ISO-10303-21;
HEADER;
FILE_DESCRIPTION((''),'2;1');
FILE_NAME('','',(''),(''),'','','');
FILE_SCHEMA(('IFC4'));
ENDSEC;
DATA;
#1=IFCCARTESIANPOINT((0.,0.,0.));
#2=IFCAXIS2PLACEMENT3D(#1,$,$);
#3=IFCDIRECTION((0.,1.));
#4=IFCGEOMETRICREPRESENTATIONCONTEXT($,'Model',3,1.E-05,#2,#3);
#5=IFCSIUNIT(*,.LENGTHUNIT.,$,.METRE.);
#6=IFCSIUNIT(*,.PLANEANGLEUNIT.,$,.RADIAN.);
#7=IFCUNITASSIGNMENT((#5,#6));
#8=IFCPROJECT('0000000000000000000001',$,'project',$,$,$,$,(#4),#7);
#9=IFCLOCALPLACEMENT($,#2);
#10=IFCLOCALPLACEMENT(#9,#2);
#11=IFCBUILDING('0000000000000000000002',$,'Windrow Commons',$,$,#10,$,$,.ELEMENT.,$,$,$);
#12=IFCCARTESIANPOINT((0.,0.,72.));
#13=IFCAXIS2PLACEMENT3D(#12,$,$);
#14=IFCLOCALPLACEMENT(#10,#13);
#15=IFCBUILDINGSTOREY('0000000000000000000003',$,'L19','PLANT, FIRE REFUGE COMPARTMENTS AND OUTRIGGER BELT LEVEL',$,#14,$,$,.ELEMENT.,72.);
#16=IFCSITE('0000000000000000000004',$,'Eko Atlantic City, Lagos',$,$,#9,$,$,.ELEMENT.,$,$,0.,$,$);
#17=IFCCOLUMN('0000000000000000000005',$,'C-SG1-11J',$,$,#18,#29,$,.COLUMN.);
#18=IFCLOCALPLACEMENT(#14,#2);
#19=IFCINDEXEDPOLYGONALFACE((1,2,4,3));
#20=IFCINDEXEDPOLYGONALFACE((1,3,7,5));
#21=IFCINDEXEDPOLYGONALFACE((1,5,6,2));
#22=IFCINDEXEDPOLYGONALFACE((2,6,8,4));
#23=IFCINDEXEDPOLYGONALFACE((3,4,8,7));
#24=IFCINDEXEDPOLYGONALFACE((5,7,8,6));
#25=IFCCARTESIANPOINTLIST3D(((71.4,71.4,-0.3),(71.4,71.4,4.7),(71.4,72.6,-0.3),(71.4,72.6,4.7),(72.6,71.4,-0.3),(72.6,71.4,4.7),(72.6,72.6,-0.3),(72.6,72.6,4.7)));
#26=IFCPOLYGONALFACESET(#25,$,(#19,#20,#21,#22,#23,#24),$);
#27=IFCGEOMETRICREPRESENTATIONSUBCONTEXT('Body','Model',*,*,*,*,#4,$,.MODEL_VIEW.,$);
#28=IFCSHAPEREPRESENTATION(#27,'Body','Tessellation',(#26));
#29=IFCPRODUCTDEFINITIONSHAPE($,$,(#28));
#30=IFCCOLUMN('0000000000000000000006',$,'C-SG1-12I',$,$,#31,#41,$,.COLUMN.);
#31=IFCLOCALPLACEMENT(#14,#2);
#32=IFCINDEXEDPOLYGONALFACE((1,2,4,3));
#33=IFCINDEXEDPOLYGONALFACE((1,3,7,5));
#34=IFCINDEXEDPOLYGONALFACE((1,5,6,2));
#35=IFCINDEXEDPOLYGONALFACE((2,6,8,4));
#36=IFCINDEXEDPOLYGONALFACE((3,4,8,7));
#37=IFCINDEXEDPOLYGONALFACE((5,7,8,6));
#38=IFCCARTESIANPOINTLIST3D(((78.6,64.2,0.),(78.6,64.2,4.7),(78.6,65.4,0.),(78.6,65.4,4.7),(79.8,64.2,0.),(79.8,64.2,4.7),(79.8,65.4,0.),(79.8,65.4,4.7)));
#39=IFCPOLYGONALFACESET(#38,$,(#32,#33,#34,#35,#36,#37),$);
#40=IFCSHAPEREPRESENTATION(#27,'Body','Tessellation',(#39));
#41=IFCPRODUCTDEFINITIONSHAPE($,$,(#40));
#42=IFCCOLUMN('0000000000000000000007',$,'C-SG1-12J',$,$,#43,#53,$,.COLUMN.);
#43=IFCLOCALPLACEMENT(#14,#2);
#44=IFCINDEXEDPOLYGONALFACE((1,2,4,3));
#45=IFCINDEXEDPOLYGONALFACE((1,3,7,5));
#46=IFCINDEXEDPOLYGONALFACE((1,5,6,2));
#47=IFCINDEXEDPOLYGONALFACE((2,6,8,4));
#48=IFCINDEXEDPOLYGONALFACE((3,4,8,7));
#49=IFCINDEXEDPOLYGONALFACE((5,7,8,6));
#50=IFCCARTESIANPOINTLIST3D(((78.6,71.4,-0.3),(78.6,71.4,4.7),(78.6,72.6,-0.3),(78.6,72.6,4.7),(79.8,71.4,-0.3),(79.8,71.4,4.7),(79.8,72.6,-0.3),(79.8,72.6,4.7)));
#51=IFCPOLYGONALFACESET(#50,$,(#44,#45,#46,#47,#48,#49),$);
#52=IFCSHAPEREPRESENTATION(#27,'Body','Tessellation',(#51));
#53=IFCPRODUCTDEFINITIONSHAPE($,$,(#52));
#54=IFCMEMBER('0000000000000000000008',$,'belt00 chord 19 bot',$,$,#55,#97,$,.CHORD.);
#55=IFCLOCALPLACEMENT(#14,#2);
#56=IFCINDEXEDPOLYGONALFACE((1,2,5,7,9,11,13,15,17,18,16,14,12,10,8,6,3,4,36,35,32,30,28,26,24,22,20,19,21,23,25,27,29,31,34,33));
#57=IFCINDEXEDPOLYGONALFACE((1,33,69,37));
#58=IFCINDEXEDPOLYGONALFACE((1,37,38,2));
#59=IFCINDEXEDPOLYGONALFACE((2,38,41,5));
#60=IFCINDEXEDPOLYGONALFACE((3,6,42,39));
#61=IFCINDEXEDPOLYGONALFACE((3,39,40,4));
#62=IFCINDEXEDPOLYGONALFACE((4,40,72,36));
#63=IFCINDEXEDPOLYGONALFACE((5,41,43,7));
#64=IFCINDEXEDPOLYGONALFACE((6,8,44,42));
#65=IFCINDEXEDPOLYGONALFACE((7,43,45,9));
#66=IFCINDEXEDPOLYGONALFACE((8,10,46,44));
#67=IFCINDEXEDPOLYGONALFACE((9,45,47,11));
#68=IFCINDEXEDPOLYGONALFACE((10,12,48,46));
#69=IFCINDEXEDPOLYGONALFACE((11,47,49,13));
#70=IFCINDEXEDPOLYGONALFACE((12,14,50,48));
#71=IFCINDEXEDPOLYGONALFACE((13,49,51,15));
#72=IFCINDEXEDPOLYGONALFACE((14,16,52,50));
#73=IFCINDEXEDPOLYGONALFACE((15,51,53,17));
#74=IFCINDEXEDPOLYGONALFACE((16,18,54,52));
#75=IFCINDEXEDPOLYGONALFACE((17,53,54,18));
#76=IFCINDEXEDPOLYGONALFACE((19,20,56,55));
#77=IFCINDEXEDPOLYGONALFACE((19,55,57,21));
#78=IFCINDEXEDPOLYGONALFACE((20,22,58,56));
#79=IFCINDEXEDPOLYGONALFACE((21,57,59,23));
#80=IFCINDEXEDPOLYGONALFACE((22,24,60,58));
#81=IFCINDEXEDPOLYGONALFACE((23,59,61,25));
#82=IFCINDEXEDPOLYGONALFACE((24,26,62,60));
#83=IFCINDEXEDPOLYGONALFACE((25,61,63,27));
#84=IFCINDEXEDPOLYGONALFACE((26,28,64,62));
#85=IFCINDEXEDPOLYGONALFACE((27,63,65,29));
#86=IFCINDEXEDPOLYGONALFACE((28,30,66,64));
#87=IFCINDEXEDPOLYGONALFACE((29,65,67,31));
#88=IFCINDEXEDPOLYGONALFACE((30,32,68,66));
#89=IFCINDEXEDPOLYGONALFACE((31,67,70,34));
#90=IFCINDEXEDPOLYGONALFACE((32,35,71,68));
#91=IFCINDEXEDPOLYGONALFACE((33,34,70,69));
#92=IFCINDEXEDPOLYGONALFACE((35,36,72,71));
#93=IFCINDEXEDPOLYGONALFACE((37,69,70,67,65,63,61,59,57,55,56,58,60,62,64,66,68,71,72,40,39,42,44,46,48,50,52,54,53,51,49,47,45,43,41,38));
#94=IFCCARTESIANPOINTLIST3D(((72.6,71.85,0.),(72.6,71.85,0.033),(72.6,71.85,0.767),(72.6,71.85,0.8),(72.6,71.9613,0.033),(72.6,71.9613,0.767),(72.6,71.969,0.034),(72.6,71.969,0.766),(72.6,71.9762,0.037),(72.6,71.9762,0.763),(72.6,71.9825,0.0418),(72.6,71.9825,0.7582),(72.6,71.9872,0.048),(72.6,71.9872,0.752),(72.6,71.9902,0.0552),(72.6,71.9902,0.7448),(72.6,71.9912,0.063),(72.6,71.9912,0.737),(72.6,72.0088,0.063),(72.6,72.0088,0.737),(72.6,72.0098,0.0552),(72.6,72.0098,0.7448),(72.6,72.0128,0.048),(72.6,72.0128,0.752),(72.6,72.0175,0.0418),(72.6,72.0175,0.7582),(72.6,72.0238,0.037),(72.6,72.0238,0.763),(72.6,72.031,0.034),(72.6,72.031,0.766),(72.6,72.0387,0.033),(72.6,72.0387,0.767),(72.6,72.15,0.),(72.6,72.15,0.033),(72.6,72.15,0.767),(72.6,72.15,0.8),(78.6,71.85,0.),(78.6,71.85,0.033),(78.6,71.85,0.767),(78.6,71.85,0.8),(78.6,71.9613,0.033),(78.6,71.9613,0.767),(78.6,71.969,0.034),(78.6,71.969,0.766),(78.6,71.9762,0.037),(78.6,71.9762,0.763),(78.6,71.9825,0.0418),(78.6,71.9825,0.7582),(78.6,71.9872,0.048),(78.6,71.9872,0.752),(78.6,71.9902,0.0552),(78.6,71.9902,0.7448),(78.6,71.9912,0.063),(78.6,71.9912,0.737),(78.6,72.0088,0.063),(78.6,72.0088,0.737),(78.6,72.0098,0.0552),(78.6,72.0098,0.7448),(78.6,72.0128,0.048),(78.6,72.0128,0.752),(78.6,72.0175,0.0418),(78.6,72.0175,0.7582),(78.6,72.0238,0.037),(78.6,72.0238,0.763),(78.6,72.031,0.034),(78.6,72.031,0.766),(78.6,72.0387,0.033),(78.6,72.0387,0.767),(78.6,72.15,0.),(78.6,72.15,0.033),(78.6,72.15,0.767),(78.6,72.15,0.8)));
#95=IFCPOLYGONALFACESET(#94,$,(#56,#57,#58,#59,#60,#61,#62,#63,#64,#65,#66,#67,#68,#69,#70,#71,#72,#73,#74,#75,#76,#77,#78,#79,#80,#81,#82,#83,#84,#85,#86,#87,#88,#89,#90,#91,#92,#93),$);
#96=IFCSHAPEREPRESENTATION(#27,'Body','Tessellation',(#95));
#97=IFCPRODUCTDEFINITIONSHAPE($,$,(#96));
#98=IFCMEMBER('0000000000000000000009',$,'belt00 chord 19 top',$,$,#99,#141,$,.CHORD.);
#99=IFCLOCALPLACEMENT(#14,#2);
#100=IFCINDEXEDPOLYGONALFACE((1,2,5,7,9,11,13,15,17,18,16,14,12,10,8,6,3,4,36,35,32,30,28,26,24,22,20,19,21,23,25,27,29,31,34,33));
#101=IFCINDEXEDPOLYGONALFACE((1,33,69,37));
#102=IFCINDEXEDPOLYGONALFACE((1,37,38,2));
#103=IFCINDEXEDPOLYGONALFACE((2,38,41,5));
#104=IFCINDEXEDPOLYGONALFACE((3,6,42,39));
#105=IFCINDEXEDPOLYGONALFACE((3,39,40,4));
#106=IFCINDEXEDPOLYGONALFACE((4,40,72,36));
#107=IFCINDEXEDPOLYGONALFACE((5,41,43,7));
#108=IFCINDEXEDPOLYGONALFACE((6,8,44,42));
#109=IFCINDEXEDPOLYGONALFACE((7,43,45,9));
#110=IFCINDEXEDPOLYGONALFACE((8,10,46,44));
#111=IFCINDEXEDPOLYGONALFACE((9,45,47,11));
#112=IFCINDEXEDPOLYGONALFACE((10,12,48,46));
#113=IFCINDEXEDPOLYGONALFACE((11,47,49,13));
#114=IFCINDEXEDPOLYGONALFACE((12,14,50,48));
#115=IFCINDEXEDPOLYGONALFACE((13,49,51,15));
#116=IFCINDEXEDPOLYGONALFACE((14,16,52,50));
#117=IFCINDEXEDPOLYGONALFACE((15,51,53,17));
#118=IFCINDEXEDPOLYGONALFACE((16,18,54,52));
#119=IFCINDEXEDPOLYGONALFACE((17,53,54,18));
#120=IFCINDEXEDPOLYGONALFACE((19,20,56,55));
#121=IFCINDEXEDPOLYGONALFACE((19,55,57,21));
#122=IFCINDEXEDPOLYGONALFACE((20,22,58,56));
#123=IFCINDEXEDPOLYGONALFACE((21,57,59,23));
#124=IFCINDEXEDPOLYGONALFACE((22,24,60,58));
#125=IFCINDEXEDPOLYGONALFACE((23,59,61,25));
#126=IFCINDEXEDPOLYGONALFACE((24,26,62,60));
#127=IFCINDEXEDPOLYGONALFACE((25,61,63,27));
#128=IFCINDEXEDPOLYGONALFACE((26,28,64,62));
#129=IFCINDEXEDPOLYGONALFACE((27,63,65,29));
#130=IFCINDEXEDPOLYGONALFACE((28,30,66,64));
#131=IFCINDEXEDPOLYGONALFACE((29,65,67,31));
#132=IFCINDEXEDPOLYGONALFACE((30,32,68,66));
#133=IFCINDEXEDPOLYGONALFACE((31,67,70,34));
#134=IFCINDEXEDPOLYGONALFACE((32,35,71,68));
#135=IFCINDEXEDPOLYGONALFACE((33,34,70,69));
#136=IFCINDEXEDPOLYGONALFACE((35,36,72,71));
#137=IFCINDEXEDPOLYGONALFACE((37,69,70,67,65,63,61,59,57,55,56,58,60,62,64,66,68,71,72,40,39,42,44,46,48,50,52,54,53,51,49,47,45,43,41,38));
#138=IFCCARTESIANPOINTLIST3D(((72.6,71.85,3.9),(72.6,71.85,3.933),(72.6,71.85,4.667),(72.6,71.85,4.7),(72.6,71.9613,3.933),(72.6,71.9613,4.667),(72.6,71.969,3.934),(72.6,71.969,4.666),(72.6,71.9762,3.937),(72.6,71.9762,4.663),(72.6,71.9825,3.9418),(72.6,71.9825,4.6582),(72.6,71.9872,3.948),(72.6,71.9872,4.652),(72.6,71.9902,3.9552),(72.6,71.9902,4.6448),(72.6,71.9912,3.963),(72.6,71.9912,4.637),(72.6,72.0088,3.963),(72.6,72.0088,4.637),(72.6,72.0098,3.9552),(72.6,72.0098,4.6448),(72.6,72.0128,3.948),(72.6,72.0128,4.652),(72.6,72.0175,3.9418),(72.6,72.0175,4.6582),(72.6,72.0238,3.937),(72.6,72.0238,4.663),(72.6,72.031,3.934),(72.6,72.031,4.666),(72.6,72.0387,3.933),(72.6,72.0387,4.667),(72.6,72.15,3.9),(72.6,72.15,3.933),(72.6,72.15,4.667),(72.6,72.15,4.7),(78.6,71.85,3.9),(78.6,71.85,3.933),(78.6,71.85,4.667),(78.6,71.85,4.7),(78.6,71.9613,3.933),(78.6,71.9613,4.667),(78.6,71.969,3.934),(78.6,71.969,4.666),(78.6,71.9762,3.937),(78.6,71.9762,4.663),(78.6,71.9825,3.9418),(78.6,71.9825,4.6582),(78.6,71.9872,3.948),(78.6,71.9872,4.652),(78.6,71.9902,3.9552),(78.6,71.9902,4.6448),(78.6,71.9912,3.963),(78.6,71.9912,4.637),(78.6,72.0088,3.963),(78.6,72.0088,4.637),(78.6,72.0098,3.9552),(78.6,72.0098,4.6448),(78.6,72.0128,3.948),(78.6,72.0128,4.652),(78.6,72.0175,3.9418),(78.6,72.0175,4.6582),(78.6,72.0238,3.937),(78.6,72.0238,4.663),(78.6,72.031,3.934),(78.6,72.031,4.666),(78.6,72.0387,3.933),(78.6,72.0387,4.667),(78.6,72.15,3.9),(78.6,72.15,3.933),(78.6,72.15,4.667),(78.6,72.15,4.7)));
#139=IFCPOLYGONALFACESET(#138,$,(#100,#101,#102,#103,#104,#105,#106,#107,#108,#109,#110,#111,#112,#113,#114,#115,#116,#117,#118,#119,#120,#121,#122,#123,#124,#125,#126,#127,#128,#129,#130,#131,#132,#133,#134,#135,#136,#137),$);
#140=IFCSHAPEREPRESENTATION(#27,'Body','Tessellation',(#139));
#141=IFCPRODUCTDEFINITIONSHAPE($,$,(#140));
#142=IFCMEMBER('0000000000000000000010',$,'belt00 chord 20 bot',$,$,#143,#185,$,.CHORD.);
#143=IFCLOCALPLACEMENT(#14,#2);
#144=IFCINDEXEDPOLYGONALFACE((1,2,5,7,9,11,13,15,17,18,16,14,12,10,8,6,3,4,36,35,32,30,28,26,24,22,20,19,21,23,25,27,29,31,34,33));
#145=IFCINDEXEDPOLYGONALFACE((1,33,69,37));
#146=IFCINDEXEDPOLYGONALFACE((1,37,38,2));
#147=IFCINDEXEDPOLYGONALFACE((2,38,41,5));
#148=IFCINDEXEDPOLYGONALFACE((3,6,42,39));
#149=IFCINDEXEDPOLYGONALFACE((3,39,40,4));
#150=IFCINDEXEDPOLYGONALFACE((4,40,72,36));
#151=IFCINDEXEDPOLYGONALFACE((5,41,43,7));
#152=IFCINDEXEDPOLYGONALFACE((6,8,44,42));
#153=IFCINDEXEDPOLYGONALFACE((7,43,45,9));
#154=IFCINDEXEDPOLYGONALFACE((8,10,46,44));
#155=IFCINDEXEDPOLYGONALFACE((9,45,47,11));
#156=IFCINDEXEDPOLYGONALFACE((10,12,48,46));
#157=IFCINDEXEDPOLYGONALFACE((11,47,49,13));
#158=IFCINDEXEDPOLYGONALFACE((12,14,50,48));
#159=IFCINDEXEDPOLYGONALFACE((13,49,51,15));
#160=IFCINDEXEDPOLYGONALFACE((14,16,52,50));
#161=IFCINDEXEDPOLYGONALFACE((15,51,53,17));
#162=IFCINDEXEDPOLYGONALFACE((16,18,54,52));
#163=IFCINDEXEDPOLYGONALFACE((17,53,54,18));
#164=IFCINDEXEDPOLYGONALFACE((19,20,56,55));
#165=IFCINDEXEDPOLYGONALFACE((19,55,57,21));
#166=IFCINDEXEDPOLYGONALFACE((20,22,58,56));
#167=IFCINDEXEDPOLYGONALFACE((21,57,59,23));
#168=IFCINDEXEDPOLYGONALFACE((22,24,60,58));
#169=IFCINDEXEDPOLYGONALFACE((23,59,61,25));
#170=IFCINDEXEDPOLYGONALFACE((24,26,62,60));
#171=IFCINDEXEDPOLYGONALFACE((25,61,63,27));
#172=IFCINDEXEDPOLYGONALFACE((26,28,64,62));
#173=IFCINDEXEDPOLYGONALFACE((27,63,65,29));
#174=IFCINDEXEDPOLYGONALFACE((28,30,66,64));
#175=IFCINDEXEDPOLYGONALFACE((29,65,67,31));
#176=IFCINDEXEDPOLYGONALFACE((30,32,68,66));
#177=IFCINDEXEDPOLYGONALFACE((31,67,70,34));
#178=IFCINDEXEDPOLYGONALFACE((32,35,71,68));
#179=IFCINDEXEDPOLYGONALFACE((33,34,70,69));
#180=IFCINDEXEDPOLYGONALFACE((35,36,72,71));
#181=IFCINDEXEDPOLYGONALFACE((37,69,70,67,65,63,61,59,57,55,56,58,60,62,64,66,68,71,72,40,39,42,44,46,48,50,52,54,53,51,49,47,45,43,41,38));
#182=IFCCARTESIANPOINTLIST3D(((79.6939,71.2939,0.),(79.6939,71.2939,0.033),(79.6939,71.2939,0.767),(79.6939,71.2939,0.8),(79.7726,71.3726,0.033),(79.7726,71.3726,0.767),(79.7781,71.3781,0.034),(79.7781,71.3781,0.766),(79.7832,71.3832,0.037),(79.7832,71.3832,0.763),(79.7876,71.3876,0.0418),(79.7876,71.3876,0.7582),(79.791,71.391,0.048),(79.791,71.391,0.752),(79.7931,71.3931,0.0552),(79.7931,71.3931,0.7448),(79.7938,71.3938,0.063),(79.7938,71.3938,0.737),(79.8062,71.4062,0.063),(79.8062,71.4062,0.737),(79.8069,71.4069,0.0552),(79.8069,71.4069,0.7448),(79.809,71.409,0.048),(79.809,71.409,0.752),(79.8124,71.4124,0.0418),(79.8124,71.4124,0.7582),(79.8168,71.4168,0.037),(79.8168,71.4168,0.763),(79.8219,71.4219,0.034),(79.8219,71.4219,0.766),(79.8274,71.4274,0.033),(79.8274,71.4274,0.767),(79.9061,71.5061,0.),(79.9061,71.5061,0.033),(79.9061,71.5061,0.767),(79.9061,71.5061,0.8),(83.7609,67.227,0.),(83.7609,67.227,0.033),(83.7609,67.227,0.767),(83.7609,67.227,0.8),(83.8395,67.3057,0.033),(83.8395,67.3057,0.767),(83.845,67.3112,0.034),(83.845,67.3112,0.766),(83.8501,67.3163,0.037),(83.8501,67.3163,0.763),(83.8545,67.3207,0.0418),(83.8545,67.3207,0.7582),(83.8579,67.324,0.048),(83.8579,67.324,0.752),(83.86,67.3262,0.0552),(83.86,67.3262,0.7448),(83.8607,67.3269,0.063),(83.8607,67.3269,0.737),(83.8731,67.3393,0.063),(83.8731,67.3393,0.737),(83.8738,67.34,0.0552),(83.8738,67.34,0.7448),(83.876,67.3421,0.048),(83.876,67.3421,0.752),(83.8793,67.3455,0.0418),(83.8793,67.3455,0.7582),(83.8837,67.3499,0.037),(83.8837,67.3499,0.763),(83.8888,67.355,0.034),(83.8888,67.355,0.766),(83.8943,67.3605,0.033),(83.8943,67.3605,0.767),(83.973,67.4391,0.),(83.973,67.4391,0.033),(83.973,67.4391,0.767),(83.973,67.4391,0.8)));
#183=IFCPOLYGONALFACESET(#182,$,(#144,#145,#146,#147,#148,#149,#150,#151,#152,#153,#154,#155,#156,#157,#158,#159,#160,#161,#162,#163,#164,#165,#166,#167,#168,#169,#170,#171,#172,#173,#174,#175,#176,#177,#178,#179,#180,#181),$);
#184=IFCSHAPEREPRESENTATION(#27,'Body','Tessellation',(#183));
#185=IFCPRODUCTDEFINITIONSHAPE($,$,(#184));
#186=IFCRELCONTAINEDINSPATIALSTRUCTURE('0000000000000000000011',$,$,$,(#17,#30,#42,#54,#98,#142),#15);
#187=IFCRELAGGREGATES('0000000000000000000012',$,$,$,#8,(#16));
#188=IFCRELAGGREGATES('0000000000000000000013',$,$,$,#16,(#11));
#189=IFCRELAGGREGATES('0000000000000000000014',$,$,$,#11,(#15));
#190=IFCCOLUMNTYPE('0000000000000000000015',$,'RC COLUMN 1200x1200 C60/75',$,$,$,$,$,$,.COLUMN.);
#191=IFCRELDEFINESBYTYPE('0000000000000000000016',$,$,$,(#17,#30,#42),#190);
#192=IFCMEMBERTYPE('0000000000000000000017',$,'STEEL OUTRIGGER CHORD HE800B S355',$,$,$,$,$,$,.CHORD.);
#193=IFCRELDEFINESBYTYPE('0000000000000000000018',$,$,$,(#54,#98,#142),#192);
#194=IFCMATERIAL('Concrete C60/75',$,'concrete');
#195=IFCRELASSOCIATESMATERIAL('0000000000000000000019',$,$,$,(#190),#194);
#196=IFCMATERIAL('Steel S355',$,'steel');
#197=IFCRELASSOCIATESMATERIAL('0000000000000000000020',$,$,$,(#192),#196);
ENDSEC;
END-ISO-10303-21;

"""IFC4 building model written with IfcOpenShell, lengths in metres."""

from ifc_helpers import new_model, si_unit, direction, frame, origin, origin_2d, place, context, subcontext, project, spatial, rectangle, i_section, extrude, material, material_profile, profile_set, type_object, element, save


model = new_model("IFC4")

# Units and contexts
model_context = context("Model", 3, precision=1e-05, world=origin(), true_north=direction((0.0, 1.0)))
body_context = subcontext(model_context, "Body", "Model", "MODEL_VIEW")
ifc_project = project(units=[si_unit("LENGTHUNIT", "METRE"), si_unit("PLANEANGLEUNIT", "RADIAN")], contexts=[model_context])

# Site, building, storey
site_placement = place(None, origin())
site = spatial("IfcSite", under=ifc_project, at=site_placement, Name="Eko Atlantic City, Lagos", CompositionType="ELEMENT", RefElevation=0.0)
building_placement = place(site_placement, origin())
building = spatial("IfcBuilding", under=site, at=building_placement, Name="Windrow Commons", CompositionType="ELEMENT")
storey_placement = place(building_placement, frame((0.0, 0.0, 72.0)))
storey = spatial("IfcBuildingStorey", under=building, at=storey_placement, Name="L19", Description="PLANT, FIRE REFUGE COMPARTMENTS AND OUTRIGGER BELT LEVEL", CompositionType="ELEMENT", Elevation=72.0)

# Columns
ifc_material_1 = material(Name="Concrete C60/75", Category="concrete")
ifc_material_profile_1 = material_profile(ifc_material_1, rectangle(XDim=1.2, YDim=1.2, at=origin_2d()))
ifc_profile_set_1 = profile_set([ifc_material_profile_1], Name="Concrete C60/75")
column_type = type_object("IfcColumnType", Name="RC COLUMN 1200x1200 C60/75", PredefinedType="COLUMN", material=ifc_profile_set_1)
column_1_placement = place(storey_placement, frame((72.0, 72.0, -0.3), z_axis=(0.0, 0.0, 1.0), x_axis=(1.0, 0.0, 0.0)))
element("IfcColumn", 1, at=column_1_placement, inside=storey, type_object=column_type, Name="C-SG1-11J", PredefinedType="COLUMN", context=body_context, shape_type="SweptSolid", body=[
    extrude(rectangle(XDim=1.2, YDim=1.2, at=origin_2d()), origin(), (0.0, 0.0, 1.0), 5.0),
])
column_2_placement = place(storey_placement, frame((79.2, 64.8, 0.0), z_axis=(0.0, 0.0, 1.0), x_axis=(1.0, 0.0, 0.0)))
element("IfcColumn", 2, at=column_2_placement, inside=storey, type_object=column_type, Name="C-SG1-12I", PredefinedType="COLUMN", context=body_context, shape_type="SweptSolid", body=[
    extrude(rectangle(XDim=1.2, YDim=1.2, at=origin_2d()), origin(), (0.0, 0.0, 1.0), 4.7),
])
column_3_placement = place(storey_placement, frame((79.2, 72.0, -0.3), z_axis=(0.0, 0.0, 1.0), x_axis=(1.0, 0.0, 0.0)))
element("IfcColumn", 3, at=column_3_placement, inside=storey, type_object=column_type, Name="C-SG1-12J", PredefinedType="COLUMN", context=body_context, shape_type="SweptSolid", body=[
    extrude(rectangle(XDim=1.2, YDim=1.2, at=origin_2d()), origin(), (0.0, 0.0, 1.0), 5.0),
])

# Members
ifc_material_2 = material(Name="Steel S355", Category="steel")
ifc_material_profile_2 = material_profile(ifc_material_2, i_section(OverallWidth=0.3, OverallDepth=0.8, WebThickness=0.0175, FlangeThickness=0.033, FilletRadius=0.03, at=origin_2d()))
ifc_profile_set_2 = profile_set([ifc_material_profile_2], Name="Steel S355")
member_type_1 = type_object("IfcMemberType", Name="STEEL OUTRIGGER CHORD HE800B S355", PredefinedType="CHORD", material=ifc_profile_set_2)
for number, where, z_axis, x_axis, name in (
    (4, (72.6, 72.0, 0.4), (1.0, 0.0, 0.0), (0.0, 1.0, 0.0), "belt00 chord 19 bot"),
    (5, (72.6, 72.0, 4.3), (1.0, 0.0, 0.0), (0.0, 1.0, 0.0), "belt00 chord 19 top"),
):
    element("IfcMember", number, at=place(storey_placement, frame(where, z_axis=z_axis, x_axis=x_axis)), inside=storey, type_object=member_type_1, Name=name, PredefinedType="CHORD", context=body_context, shape_type="SweptSolid", body=[
        extrude(i_section(OverallWidth=0.3, OverallDepth=0.8, WebThickness=0.0175, FlangeThickness=0.033, FilletRadius=0.03, at=origin_2d()), origin(), (0.0, 0.0, 1.0), 6.0),
    ])
for number, where, z_axis, x_axis, name in (
    (6, (79.8, 71.4, 0.4), (0.707107, -0.707107, 0.0), (0.707107, 0.707107, 0.0), "belt00 chord 20 bot"),
):
    element("IfcMember", number, at=place(storey_placement, frame(where, z_axis=z_axis, x_axis=x_axis)), inside=storey, type_object=member_type_1, Name=name, PredefinedType="CHORD", context=body_context, shape_type="SweptSolid", body=[
        extrude(i_section(OverallWidth=0.3, OverallDepth=0.8, WebThickness=0.0175, FlangeThickness=0.033, FilletRadius=0.03, at=origin_2d()), origin(), (0.0, 0.0, 1.0), 5.7515),
    ])

save(model, "model.ifc")
